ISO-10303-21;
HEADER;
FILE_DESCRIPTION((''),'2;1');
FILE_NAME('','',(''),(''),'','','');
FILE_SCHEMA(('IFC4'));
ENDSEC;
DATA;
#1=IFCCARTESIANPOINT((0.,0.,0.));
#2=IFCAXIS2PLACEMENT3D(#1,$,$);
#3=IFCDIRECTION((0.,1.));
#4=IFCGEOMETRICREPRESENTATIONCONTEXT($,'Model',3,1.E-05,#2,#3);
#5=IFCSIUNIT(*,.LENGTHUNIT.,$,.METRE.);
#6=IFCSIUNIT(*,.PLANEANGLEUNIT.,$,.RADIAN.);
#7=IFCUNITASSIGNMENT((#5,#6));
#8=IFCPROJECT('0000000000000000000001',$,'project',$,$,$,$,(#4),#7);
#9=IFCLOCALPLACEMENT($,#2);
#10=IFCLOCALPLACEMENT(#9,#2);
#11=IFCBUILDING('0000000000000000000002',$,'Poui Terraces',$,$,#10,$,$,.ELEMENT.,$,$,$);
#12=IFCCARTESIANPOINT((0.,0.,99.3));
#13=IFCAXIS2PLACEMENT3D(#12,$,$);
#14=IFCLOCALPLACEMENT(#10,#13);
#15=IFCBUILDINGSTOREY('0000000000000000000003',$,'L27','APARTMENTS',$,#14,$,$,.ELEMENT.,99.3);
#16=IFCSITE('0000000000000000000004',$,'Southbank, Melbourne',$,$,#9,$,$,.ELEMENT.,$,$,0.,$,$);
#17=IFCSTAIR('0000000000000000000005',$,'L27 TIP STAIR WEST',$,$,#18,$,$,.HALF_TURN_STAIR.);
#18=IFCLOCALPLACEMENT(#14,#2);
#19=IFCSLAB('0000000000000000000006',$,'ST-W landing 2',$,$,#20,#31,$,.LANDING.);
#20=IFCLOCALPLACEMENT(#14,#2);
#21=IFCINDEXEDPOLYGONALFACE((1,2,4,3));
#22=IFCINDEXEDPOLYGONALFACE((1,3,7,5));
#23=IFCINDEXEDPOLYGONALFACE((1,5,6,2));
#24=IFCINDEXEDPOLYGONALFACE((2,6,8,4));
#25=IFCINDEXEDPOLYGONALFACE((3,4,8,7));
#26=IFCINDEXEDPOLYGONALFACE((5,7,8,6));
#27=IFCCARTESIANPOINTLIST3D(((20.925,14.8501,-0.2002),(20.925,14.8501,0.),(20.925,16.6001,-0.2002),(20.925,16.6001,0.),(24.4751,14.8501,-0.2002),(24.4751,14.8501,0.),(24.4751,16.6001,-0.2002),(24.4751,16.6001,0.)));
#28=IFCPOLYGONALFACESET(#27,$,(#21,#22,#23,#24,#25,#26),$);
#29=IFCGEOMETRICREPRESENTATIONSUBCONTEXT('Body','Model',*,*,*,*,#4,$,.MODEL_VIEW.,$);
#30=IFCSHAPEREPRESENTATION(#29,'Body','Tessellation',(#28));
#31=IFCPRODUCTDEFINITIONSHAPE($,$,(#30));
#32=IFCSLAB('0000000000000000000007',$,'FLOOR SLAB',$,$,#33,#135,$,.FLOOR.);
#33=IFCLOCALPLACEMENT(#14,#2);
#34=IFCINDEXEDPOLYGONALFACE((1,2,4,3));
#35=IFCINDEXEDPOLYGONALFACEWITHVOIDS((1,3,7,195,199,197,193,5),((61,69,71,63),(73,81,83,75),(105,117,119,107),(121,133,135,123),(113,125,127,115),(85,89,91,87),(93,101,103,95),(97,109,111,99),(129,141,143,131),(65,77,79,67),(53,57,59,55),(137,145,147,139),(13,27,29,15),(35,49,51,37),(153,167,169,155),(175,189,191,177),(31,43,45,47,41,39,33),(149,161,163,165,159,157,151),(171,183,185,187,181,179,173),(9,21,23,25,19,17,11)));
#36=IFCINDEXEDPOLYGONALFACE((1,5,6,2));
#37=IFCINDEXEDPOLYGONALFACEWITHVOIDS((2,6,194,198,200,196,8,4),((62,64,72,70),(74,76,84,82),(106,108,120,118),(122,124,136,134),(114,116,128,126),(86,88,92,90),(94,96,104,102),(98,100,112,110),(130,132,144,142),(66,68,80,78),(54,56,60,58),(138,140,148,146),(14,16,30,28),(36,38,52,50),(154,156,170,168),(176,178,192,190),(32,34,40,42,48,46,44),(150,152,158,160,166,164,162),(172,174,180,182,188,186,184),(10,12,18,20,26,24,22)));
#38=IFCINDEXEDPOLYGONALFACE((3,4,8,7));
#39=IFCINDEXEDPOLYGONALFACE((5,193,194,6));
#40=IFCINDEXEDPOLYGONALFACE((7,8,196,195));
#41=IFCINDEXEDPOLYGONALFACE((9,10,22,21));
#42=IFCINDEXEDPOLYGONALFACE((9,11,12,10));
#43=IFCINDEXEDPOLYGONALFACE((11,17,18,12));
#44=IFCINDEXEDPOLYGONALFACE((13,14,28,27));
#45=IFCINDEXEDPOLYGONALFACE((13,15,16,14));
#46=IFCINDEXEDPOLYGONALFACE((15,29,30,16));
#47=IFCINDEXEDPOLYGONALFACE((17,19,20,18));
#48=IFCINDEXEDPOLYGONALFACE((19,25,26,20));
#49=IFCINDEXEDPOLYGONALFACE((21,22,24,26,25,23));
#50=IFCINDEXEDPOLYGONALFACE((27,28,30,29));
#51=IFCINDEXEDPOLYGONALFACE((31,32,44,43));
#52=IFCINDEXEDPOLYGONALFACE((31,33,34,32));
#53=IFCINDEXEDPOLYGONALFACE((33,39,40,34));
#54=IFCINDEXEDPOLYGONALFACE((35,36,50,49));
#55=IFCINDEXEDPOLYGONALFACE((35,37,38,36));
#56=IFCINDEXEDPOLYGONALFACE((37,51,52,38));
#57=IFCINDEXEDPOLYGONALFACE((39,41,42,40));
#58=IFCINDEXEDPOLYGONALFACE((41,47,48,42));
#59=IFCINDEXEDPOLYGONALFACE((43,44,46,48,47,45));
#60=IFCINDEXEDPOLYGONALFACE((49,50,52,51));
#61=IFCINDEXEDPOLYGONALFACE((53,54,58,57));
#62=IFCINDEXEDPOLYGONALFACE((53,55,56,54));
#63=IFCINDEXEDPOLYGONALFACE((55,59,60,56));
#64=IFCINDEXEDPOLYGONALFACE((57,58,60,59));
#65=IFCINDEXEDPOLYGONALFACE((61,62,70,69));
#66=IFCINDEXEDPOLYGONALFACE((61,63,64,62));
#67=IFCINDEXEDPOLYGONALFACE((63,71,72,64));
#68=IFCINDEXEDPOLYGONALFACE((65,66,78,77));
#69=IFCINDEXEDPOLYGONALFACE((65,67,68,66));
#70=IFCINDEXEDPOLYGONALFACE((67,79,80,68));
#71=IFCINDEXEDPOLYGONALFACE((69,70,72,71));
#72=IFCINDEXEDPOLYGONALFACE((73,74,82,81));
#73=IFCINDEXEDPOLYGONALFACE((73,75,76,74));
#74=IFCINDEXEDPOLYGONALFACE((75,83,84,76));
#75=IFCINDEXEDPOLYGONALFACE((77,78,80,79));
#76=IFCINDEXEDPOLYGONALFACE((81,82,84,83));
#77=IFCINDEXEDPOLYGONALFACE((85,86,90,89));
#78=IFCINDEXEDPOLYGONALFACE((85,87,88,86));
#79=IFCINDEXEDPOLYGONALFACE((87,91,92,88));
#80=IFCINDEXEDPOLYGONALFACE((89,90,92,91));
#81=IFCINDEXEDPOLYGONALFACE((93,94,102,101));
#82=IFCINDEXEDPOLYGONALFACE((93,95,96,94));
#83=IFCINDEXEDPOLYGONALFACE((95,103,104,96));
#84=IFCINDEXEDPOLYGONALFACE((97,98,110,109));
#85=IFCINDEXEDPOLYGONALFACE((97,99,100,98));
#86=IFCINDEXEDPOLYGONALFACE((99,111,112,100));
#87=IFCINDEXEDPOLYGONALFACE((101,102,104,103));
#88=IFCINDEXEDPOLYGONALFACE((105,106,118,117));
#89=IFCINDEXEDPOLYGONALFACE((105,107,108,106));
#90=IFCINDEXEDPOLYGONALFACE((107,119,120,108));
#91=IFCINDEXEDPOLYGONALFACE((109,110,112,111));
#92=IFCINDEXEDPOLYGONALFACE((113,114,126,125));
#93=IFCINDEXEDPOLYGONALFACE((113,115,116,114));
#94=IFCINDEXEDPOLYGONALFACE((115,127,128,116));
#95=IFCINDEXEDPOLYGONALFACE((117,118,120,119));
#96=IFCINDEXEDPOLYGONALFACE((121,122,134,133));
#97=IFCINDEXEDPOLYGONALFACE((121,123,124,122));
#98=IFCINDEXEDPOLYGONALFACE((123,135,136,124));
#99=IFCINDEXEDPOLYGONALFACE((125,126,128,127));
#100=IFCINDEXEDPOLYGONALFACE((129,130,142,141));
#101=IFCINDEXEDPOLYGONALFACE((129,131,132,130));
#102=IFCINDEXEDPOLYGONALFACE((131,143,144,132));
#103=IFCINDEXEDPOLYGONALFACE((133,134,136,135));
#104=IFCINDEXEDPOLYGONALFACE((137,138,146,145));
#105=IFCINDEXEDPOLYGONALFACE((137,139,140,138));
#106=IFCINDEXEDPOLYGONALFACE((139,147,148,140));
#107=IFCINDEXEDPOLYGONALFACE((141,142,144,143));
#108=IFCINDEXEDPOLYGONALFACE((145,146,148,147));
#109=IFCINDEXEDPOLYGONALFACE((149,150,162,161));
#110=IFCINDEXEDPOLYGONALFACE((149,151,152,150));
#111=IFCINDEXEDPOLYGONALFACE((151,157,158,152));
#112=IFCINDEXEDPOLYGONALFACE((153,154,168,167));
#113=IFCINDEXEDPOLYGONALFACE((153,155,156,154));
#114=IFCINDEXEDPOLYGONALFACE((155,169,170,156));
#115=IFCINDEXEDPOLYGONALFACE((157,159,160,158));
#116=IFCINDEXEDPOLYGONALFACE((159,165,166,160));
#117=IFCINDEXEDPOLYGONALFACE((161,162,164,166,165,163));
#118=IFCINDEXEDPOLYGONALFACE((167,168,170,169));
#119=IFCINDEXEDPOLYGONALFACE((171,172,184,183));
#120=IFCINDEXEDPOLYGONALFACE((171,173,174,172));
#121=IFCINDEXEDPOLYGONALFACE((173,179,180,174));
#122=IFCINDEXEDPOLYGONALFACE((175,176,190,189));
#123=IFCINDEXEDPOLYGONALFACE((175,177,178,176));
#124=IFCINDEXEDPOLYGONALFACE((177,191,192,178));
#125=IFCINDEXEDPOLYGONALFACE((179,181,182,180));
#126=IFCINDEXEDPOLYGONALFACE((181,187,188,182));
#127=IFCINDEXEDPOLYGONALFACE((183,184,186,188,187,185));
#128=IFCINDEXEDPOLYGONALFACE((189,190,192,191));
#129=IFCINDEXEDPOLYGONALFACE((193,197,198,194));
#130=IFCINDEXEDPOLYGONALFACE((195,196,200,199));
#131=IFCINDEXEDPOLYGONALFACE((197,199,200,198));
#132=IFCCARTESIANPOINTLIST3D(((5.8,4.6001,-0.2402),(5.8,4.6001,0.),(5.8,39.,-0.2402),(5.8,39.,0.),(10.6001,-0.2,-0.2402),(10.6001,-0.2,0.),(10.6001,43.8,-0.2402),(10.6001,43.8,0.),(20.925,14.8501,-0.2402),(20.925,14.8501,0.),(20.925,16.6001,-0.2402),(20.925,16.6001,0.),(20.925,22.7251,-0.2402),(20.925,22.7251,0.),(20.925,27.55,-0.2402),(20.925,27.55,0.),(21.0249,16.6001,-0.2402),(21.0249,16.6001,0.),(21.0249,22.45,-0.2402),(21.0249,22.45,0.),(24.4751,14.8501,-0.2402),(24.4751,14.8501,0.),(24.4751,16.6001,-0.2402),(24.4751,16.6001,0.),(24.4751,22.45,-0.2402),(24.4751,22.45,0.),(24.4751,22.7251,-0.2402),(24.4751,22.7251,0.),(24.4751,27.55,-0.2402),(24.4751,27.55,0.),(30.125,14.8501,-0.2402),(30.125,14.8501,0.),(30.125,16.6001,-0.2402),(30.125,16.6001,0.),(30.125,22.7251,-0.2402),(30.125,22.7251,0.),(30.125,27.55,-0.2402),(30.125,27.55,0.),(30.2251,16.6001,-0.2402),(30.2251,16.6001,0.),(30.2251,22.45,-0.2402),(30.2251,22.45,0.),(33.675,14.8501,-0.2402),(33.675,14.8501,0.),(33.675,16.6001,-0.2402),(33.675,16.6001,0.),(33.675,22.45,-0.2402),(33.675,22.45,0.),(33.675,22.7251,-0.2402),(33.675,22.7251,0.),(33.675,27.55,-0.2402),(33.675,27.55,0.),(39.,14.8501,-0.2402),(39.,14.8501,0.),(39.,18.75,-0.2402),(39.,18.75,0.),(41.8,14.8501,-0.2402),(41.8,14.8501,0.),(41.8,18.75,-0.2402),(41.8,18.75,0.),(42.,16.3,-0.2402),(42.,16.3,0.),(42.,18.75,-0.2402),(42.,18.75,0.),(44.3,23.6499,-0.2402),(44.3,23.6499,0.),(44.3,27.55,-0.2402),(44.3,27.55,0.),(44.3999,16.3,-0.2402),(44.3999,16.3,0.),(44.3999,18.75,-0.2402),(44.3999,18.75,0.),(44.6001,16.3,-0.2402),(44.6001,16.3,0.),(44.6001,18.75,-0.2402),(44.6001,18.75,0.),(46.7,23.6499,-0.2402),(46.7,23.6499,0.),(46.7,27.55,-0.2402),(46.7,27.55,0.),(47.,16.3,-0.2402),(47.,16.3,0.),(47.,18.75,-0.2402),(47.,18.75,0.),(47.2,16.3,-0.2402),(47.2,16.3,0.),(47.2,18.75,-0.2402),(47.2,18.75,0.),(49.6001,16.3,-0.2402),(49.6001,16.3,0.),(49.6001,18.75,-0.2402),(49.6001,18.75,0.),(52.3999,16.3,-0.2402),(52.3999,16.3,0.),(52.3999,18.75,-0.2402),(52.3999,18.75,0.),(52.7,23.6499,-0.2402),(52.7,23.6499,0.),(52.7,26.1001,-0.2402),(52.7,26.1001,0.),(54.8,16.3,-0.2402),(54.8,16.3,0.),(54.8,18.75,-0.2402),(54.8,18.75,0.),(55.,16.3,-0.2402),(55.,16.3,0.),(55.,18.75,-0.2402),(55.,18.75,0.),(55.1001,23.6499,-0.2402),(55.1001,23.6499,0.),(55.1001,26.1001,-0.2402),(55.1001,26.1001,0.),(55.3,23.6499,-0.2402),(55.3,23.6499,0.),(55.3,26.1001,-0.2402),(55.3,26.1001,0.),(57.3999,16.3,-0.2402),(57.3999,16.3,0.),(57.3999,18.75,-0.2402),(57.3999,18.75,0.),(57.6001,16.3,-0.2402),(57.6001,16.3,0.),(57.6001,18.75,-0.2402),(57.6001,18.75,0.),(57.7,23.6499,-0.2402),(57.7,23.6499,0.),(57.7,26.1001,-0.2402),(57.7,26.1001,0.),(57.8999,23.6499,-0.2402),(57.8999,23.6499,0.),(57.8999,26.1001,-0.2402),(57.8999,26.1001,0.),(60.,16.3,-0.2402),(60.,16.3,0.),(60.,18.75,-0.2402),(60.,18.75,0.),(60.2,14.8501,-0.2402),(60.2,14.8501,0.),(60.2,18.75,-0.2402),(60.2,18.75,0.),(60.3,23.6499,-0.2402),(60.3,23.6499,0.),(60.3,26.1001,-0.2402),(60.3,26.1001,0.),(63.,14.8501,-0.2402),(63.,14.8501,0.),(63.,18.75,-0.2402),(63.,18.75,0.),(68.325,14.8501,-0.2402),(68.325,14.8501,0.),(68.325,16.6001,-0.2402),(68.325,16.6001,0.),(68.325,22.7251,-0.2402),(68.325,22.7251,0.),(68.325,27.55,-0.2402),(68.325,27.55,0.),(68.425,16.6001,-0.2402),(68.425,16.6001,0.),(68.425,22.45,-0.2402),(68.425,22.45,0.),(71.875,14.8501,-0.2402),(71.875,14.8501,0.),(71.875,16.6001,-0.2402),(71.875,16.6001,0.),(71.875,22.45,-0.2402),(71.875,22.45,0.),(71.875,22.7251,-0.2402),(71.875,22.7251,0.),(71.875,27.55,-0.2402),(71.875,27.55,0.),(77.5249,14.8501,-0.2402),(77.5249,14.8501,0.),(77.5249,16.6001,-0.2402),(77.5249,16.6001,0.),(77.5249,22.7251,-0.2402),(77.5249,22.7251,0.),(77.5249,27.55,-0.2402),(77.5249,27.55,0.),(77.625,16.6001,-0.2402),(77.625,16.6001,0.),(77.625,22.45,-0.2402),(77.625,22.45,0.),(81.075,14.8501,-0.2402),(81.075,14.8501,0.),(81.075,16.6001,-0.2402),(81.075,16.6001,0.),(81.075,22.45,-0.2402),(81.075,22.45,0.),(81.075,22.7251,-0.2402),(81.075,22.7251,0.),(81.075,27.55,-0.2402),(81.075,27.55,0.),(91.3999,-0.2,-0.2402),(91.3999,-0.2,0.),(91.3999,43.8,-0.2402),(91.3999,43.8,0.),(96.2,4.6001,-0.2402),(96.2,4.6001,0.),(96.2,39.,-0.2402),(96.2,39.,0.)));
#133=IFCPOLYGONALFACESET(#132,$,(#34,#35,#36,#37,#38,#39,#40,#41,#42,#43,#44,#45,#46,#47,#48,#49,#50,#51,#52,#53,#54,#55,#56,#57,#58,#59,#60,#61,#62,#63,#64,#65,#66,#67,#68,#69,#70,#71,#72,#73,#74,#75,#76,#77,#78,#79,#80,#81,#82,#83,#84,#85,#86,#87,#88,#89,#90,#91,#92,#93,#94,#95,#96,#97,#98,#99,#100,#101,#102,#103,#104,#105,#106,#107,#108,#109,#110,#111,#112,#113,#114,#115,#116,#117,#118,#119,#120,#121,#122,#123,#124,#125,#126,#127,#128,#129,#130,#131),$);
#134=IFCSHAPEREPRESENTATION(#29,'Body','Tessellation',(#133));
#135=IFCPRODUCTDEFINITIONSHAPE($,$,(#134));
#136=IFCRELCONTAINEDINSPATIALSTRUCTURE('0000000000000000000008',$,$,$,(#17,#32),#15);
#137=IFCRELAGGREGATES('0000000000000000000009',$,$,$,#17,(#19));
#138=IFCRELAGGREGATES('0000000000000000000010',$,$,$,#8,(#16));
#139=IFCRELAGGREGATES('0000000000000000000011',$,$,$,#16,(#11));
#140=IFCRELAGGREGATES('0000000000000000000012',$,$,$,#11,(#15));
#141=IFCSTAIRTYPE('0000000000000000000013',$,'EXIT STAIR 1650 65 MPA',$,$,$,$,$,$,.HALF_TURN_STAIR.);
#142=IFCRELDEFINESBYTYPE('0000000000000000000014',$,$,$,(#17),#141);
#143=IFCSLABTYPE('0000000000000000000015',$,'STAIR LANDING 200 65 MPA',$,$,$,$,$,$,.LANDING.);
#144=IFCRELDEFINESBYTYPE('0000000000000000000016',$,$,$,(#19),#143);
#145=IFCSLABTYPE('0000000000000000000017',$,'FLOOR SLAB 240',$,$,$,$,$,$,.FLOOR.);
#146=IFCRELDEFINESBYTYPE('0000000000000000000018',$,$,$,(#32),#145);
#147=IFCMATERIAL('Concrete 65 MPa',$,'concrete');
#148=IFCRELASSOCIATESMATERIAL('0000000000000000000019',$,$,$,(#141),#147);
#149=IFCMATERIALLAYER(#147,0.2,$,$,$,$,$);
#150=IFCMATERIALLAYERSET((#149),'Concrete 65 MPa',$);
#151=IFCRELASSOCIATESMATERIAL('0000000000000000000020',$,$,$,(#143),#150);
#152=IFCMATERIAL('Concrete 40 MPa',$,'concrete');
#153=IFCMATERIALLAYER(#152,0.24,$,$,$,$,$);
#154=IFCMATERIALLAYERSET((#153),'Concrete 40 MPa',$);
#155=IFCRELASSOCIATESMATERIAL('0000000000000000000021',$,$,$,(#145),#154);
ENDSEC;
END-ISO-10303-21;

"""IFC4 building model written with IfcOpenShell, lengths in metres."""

from ifc_helpers import new_model, si_unit, direction, frame, origin, place, context, subcontext, project, spatial, polyline, outline, extrude, source, transform, mapped, material, layer, layer_set, type_object, element, aggregate, save


model = new_model("IFC4")

# Units and contexts
model_context = context("Model", 3, precision=1e-05, world=origin(), true_north=direction((0.0, 1.0)))
body_context = subcontext(model_context, "Body", "Model", "MODEL_VIEW")
ifc_project = project(units=[si_unit("LENGTHUNIT", "METRE"), si_unit("PLANEANGLEUNIT", "RADIAN")], contexts=[model_context])

# Site, building, storey
site_placement = place(None, origin())
site = spatial("IfcSite", under=ifc_project, at=site_placement, Name="Southbank, Melbourne", CompositionType="ELEMENT", RefElevation=0.0)
building_placement = place(site_placement, origin())
building = spatial("IfcBuilding", under=site, at=building_placement, Name="Poui Terraces", CompositionType="ELEMENT")
storey_placement = place(building_placement, frame((0.0, 0.0, 99.3)))
storey = spatial("IfcBuildingStorey", under=building, at=storey_placement, Name="L27", Description="APARTMENTS", CompositionType="ELEMENT", Elevation=99.3)

# Stair, slab
ifc_material_1 = material(Name="Concrete 65 MPa", Category="concrete")
stair_type = type_object("IfcStairType", Name="EXIT STAIR 1650 65 MPA", PredefinedType="HALF_TURN_STAIR", material=ifc_material_1)
stair_placement = place(storey_placement, origin())
stair = element("IfcStair", 1, at=stair_placement, inside=storey, type_object=stair_type, Name="L27 TIP STAIR WEST", PredefinedType="HALF_TURN_STAIR")
ifc_layer_1 = layer(ifc_material_1, 0.2)
ifc_layer_set_1 = layer_set([ifc_layer_1], Name="Concrete 65 MPa")
slab_type_1 = type_object("IfcSlabType", Name="STAIR LANDING 200 65 MPA", PredefinedType="LANDING", material=ifc_layer_set_1)
slab_1_placement = place(storey_placement, frame((0.0, 0.0, -0.2002)))
slab_1 = element("IfcSlab", 2, at=slab_1_placement, type_object=slab_type_1, Name="ST-W landing 2", PredefinedType="LANDING", context=body_context, shape_type="SweptSolid", body=[
    extrude(outline(polyline([(20.925, 14.8501), (24.4751, 14.8501), (24.4751, 16.6001), (20.925, 16.6001), (20.925, 14.8501)])), origin(), (0.0, 0.0, 1.0), 0.2002),
])
aggregate(stair, [slab_1])

# Slab
ifc_material_2 = material(Name="Concrete 40 MPa", Category="concrete")
ifc_layer_2 = layer(ifc_material_2, 0.24)
ifc_layer_set_2 = layer_set([ifc_layer_2], Name="Concrete 40 MPa")
slab_type_2 = type_object("IfcSlabType", Name="FLOOR SLAB 240", PredefinedType="FLOOR", material=ifc_layer_set_2)
shared_shape = source(origin(), body_context, "Body", "SweptSolid", [
    extrude(outline(polyline([(0.0, 0.0), (4.8, -4.8), (85.5999, -4.8), (90.3999, 0.0), (90.3999, 34.3999), (85.5999, 39.2), (4.8, 39.2), (0.0, 34.3999), (0.0, 0.0)]), holes=[polyline([(33.2, 10.25), (33.2, 14.1499), (36.0, 14.1499), (36.0, 10.25), (33.2, 10.25)]), polyline([(36.2, 11.7), (36.2, 14.1499), (38.5999, 14.1499), (38.5999, 11.7), (36.2, 11.7)]), polyline([(38.8, 11.7), (38.8, 14.1499), (41.2, 14.1499), (41.2, 11.7), (38.8, 11.7)]), polyline([(41.3999, 14.1499), (43.8, 14.1499), (43.8, 11.7), (41.3999, 11.7), (41.3999, 14.1499)]), polyline([(46.5999, 14.1499), (49.0, 14.1499), (49.0, 11.7), (46.5999, 11.7), (46.5999, 14.1499)]), polyline([(15.2249, 17.8499), (18.675, 17.8499), (18.675, 12.0), (18.675, 10.25), (15.125, 10.25), (15.125, 12.0), (15.2249, 12.0), (15.2249, 17.8499)]), polyline([(24.425, 17.8499), (27.875, 17.8499), (27.875, 12.0), (27.875, 10.25), (24.325, 10.25), (24.325, 12.0), (24.425, 12.0), (24.425, 17.8499)]), polyline([(15.125, 18.125), (15.125, 22.95), (18.675, 22.95), (18.675, 18.125), (15.125, 18.125)]), polyline([(24.325, 22.95), (27.875, 22.95), (27.875, 18.125), (24.325, 18.125), (24.325, 22.95)]), polyline([(38.5, 22.95), (40.8999, 22.95), (40.8999, 19.0498), (38.5, 19.0498), (38.5, 22.95)]), polyline([(54.3999, 10.25), (54.3999, 14.1499), (57.2, 14.1499), (57.2, 10.25), (54.3999, 10.25)]), polyline([(49.2, 11.7), (49.2, 14.1499), (51.5999, 14.1499), (51.5999, 11.7), (49.2, 11.7)]), polyline([(51.8, 11.7), (51.8, 14.1499), (54.2, 14.1499), (54.2, 11.7), (51.8, 11.7)]), polyline([(66.075, 17.8499), (66.075, 12.0), (66.075, 10.25), (62.5249, 10.25), (62.5249, 12.0), (62.625, 12.0), (62.625, 17.8499), (66.075, 17.8499)]), polyline([(75.2749, 17.8499), (75.2749, 12.0), (75.2749, 10.25), (71.7249, 10.25), (71.7249, 12.0), (71.825, 12.0), (71.825, 17.8499), (75.2749, 17.8499)]), polyline([(46.8999, 19.0498), (46.8999, 21.5), (49.3, 21.5), (49.3, 19.0498), (46.8999, 19.0498)]), polyline([(49.5, 19.0498), (49.5, 21.5), (51.8999, 21.5), (51.8999, 19.0498), (49.5, 19.0498)]), polyline([(52.0999, 19.0498), (52.0999, 21.5), (54.5, 21.5), (54.5, 19.0498), (52.0999, 19.0498)]), polyline([(62.5249, 22.95), (66.075, 22.95), (66.075, 18.125), (62.5249, 18.125), (62.5249, 22.95)]), polyline([(71.7249, 22.95), (75.2749, 22.95), (75.2749, 18.125), (71.7249, 18.125), (71.7249, 22.95)])]), origin(), (0.0, 0.0, 1.0), 0.2402),
])
slab_2_placement = place(storey_placement, frame((5.8, 4.6001, -0.2402)))
element("IfcSlab", 3, at=slab_2_placement, inside=storey, type_object=slab_type_2, Name="FLOOR SLAB", PredefinedType="FLOOR", context=body_context, shape_type="MappedRepresentation", body=[
    mapped(shared_shape, transform((0.0, 0.0, 0.0))),
])

save(model, "model.ifc")
